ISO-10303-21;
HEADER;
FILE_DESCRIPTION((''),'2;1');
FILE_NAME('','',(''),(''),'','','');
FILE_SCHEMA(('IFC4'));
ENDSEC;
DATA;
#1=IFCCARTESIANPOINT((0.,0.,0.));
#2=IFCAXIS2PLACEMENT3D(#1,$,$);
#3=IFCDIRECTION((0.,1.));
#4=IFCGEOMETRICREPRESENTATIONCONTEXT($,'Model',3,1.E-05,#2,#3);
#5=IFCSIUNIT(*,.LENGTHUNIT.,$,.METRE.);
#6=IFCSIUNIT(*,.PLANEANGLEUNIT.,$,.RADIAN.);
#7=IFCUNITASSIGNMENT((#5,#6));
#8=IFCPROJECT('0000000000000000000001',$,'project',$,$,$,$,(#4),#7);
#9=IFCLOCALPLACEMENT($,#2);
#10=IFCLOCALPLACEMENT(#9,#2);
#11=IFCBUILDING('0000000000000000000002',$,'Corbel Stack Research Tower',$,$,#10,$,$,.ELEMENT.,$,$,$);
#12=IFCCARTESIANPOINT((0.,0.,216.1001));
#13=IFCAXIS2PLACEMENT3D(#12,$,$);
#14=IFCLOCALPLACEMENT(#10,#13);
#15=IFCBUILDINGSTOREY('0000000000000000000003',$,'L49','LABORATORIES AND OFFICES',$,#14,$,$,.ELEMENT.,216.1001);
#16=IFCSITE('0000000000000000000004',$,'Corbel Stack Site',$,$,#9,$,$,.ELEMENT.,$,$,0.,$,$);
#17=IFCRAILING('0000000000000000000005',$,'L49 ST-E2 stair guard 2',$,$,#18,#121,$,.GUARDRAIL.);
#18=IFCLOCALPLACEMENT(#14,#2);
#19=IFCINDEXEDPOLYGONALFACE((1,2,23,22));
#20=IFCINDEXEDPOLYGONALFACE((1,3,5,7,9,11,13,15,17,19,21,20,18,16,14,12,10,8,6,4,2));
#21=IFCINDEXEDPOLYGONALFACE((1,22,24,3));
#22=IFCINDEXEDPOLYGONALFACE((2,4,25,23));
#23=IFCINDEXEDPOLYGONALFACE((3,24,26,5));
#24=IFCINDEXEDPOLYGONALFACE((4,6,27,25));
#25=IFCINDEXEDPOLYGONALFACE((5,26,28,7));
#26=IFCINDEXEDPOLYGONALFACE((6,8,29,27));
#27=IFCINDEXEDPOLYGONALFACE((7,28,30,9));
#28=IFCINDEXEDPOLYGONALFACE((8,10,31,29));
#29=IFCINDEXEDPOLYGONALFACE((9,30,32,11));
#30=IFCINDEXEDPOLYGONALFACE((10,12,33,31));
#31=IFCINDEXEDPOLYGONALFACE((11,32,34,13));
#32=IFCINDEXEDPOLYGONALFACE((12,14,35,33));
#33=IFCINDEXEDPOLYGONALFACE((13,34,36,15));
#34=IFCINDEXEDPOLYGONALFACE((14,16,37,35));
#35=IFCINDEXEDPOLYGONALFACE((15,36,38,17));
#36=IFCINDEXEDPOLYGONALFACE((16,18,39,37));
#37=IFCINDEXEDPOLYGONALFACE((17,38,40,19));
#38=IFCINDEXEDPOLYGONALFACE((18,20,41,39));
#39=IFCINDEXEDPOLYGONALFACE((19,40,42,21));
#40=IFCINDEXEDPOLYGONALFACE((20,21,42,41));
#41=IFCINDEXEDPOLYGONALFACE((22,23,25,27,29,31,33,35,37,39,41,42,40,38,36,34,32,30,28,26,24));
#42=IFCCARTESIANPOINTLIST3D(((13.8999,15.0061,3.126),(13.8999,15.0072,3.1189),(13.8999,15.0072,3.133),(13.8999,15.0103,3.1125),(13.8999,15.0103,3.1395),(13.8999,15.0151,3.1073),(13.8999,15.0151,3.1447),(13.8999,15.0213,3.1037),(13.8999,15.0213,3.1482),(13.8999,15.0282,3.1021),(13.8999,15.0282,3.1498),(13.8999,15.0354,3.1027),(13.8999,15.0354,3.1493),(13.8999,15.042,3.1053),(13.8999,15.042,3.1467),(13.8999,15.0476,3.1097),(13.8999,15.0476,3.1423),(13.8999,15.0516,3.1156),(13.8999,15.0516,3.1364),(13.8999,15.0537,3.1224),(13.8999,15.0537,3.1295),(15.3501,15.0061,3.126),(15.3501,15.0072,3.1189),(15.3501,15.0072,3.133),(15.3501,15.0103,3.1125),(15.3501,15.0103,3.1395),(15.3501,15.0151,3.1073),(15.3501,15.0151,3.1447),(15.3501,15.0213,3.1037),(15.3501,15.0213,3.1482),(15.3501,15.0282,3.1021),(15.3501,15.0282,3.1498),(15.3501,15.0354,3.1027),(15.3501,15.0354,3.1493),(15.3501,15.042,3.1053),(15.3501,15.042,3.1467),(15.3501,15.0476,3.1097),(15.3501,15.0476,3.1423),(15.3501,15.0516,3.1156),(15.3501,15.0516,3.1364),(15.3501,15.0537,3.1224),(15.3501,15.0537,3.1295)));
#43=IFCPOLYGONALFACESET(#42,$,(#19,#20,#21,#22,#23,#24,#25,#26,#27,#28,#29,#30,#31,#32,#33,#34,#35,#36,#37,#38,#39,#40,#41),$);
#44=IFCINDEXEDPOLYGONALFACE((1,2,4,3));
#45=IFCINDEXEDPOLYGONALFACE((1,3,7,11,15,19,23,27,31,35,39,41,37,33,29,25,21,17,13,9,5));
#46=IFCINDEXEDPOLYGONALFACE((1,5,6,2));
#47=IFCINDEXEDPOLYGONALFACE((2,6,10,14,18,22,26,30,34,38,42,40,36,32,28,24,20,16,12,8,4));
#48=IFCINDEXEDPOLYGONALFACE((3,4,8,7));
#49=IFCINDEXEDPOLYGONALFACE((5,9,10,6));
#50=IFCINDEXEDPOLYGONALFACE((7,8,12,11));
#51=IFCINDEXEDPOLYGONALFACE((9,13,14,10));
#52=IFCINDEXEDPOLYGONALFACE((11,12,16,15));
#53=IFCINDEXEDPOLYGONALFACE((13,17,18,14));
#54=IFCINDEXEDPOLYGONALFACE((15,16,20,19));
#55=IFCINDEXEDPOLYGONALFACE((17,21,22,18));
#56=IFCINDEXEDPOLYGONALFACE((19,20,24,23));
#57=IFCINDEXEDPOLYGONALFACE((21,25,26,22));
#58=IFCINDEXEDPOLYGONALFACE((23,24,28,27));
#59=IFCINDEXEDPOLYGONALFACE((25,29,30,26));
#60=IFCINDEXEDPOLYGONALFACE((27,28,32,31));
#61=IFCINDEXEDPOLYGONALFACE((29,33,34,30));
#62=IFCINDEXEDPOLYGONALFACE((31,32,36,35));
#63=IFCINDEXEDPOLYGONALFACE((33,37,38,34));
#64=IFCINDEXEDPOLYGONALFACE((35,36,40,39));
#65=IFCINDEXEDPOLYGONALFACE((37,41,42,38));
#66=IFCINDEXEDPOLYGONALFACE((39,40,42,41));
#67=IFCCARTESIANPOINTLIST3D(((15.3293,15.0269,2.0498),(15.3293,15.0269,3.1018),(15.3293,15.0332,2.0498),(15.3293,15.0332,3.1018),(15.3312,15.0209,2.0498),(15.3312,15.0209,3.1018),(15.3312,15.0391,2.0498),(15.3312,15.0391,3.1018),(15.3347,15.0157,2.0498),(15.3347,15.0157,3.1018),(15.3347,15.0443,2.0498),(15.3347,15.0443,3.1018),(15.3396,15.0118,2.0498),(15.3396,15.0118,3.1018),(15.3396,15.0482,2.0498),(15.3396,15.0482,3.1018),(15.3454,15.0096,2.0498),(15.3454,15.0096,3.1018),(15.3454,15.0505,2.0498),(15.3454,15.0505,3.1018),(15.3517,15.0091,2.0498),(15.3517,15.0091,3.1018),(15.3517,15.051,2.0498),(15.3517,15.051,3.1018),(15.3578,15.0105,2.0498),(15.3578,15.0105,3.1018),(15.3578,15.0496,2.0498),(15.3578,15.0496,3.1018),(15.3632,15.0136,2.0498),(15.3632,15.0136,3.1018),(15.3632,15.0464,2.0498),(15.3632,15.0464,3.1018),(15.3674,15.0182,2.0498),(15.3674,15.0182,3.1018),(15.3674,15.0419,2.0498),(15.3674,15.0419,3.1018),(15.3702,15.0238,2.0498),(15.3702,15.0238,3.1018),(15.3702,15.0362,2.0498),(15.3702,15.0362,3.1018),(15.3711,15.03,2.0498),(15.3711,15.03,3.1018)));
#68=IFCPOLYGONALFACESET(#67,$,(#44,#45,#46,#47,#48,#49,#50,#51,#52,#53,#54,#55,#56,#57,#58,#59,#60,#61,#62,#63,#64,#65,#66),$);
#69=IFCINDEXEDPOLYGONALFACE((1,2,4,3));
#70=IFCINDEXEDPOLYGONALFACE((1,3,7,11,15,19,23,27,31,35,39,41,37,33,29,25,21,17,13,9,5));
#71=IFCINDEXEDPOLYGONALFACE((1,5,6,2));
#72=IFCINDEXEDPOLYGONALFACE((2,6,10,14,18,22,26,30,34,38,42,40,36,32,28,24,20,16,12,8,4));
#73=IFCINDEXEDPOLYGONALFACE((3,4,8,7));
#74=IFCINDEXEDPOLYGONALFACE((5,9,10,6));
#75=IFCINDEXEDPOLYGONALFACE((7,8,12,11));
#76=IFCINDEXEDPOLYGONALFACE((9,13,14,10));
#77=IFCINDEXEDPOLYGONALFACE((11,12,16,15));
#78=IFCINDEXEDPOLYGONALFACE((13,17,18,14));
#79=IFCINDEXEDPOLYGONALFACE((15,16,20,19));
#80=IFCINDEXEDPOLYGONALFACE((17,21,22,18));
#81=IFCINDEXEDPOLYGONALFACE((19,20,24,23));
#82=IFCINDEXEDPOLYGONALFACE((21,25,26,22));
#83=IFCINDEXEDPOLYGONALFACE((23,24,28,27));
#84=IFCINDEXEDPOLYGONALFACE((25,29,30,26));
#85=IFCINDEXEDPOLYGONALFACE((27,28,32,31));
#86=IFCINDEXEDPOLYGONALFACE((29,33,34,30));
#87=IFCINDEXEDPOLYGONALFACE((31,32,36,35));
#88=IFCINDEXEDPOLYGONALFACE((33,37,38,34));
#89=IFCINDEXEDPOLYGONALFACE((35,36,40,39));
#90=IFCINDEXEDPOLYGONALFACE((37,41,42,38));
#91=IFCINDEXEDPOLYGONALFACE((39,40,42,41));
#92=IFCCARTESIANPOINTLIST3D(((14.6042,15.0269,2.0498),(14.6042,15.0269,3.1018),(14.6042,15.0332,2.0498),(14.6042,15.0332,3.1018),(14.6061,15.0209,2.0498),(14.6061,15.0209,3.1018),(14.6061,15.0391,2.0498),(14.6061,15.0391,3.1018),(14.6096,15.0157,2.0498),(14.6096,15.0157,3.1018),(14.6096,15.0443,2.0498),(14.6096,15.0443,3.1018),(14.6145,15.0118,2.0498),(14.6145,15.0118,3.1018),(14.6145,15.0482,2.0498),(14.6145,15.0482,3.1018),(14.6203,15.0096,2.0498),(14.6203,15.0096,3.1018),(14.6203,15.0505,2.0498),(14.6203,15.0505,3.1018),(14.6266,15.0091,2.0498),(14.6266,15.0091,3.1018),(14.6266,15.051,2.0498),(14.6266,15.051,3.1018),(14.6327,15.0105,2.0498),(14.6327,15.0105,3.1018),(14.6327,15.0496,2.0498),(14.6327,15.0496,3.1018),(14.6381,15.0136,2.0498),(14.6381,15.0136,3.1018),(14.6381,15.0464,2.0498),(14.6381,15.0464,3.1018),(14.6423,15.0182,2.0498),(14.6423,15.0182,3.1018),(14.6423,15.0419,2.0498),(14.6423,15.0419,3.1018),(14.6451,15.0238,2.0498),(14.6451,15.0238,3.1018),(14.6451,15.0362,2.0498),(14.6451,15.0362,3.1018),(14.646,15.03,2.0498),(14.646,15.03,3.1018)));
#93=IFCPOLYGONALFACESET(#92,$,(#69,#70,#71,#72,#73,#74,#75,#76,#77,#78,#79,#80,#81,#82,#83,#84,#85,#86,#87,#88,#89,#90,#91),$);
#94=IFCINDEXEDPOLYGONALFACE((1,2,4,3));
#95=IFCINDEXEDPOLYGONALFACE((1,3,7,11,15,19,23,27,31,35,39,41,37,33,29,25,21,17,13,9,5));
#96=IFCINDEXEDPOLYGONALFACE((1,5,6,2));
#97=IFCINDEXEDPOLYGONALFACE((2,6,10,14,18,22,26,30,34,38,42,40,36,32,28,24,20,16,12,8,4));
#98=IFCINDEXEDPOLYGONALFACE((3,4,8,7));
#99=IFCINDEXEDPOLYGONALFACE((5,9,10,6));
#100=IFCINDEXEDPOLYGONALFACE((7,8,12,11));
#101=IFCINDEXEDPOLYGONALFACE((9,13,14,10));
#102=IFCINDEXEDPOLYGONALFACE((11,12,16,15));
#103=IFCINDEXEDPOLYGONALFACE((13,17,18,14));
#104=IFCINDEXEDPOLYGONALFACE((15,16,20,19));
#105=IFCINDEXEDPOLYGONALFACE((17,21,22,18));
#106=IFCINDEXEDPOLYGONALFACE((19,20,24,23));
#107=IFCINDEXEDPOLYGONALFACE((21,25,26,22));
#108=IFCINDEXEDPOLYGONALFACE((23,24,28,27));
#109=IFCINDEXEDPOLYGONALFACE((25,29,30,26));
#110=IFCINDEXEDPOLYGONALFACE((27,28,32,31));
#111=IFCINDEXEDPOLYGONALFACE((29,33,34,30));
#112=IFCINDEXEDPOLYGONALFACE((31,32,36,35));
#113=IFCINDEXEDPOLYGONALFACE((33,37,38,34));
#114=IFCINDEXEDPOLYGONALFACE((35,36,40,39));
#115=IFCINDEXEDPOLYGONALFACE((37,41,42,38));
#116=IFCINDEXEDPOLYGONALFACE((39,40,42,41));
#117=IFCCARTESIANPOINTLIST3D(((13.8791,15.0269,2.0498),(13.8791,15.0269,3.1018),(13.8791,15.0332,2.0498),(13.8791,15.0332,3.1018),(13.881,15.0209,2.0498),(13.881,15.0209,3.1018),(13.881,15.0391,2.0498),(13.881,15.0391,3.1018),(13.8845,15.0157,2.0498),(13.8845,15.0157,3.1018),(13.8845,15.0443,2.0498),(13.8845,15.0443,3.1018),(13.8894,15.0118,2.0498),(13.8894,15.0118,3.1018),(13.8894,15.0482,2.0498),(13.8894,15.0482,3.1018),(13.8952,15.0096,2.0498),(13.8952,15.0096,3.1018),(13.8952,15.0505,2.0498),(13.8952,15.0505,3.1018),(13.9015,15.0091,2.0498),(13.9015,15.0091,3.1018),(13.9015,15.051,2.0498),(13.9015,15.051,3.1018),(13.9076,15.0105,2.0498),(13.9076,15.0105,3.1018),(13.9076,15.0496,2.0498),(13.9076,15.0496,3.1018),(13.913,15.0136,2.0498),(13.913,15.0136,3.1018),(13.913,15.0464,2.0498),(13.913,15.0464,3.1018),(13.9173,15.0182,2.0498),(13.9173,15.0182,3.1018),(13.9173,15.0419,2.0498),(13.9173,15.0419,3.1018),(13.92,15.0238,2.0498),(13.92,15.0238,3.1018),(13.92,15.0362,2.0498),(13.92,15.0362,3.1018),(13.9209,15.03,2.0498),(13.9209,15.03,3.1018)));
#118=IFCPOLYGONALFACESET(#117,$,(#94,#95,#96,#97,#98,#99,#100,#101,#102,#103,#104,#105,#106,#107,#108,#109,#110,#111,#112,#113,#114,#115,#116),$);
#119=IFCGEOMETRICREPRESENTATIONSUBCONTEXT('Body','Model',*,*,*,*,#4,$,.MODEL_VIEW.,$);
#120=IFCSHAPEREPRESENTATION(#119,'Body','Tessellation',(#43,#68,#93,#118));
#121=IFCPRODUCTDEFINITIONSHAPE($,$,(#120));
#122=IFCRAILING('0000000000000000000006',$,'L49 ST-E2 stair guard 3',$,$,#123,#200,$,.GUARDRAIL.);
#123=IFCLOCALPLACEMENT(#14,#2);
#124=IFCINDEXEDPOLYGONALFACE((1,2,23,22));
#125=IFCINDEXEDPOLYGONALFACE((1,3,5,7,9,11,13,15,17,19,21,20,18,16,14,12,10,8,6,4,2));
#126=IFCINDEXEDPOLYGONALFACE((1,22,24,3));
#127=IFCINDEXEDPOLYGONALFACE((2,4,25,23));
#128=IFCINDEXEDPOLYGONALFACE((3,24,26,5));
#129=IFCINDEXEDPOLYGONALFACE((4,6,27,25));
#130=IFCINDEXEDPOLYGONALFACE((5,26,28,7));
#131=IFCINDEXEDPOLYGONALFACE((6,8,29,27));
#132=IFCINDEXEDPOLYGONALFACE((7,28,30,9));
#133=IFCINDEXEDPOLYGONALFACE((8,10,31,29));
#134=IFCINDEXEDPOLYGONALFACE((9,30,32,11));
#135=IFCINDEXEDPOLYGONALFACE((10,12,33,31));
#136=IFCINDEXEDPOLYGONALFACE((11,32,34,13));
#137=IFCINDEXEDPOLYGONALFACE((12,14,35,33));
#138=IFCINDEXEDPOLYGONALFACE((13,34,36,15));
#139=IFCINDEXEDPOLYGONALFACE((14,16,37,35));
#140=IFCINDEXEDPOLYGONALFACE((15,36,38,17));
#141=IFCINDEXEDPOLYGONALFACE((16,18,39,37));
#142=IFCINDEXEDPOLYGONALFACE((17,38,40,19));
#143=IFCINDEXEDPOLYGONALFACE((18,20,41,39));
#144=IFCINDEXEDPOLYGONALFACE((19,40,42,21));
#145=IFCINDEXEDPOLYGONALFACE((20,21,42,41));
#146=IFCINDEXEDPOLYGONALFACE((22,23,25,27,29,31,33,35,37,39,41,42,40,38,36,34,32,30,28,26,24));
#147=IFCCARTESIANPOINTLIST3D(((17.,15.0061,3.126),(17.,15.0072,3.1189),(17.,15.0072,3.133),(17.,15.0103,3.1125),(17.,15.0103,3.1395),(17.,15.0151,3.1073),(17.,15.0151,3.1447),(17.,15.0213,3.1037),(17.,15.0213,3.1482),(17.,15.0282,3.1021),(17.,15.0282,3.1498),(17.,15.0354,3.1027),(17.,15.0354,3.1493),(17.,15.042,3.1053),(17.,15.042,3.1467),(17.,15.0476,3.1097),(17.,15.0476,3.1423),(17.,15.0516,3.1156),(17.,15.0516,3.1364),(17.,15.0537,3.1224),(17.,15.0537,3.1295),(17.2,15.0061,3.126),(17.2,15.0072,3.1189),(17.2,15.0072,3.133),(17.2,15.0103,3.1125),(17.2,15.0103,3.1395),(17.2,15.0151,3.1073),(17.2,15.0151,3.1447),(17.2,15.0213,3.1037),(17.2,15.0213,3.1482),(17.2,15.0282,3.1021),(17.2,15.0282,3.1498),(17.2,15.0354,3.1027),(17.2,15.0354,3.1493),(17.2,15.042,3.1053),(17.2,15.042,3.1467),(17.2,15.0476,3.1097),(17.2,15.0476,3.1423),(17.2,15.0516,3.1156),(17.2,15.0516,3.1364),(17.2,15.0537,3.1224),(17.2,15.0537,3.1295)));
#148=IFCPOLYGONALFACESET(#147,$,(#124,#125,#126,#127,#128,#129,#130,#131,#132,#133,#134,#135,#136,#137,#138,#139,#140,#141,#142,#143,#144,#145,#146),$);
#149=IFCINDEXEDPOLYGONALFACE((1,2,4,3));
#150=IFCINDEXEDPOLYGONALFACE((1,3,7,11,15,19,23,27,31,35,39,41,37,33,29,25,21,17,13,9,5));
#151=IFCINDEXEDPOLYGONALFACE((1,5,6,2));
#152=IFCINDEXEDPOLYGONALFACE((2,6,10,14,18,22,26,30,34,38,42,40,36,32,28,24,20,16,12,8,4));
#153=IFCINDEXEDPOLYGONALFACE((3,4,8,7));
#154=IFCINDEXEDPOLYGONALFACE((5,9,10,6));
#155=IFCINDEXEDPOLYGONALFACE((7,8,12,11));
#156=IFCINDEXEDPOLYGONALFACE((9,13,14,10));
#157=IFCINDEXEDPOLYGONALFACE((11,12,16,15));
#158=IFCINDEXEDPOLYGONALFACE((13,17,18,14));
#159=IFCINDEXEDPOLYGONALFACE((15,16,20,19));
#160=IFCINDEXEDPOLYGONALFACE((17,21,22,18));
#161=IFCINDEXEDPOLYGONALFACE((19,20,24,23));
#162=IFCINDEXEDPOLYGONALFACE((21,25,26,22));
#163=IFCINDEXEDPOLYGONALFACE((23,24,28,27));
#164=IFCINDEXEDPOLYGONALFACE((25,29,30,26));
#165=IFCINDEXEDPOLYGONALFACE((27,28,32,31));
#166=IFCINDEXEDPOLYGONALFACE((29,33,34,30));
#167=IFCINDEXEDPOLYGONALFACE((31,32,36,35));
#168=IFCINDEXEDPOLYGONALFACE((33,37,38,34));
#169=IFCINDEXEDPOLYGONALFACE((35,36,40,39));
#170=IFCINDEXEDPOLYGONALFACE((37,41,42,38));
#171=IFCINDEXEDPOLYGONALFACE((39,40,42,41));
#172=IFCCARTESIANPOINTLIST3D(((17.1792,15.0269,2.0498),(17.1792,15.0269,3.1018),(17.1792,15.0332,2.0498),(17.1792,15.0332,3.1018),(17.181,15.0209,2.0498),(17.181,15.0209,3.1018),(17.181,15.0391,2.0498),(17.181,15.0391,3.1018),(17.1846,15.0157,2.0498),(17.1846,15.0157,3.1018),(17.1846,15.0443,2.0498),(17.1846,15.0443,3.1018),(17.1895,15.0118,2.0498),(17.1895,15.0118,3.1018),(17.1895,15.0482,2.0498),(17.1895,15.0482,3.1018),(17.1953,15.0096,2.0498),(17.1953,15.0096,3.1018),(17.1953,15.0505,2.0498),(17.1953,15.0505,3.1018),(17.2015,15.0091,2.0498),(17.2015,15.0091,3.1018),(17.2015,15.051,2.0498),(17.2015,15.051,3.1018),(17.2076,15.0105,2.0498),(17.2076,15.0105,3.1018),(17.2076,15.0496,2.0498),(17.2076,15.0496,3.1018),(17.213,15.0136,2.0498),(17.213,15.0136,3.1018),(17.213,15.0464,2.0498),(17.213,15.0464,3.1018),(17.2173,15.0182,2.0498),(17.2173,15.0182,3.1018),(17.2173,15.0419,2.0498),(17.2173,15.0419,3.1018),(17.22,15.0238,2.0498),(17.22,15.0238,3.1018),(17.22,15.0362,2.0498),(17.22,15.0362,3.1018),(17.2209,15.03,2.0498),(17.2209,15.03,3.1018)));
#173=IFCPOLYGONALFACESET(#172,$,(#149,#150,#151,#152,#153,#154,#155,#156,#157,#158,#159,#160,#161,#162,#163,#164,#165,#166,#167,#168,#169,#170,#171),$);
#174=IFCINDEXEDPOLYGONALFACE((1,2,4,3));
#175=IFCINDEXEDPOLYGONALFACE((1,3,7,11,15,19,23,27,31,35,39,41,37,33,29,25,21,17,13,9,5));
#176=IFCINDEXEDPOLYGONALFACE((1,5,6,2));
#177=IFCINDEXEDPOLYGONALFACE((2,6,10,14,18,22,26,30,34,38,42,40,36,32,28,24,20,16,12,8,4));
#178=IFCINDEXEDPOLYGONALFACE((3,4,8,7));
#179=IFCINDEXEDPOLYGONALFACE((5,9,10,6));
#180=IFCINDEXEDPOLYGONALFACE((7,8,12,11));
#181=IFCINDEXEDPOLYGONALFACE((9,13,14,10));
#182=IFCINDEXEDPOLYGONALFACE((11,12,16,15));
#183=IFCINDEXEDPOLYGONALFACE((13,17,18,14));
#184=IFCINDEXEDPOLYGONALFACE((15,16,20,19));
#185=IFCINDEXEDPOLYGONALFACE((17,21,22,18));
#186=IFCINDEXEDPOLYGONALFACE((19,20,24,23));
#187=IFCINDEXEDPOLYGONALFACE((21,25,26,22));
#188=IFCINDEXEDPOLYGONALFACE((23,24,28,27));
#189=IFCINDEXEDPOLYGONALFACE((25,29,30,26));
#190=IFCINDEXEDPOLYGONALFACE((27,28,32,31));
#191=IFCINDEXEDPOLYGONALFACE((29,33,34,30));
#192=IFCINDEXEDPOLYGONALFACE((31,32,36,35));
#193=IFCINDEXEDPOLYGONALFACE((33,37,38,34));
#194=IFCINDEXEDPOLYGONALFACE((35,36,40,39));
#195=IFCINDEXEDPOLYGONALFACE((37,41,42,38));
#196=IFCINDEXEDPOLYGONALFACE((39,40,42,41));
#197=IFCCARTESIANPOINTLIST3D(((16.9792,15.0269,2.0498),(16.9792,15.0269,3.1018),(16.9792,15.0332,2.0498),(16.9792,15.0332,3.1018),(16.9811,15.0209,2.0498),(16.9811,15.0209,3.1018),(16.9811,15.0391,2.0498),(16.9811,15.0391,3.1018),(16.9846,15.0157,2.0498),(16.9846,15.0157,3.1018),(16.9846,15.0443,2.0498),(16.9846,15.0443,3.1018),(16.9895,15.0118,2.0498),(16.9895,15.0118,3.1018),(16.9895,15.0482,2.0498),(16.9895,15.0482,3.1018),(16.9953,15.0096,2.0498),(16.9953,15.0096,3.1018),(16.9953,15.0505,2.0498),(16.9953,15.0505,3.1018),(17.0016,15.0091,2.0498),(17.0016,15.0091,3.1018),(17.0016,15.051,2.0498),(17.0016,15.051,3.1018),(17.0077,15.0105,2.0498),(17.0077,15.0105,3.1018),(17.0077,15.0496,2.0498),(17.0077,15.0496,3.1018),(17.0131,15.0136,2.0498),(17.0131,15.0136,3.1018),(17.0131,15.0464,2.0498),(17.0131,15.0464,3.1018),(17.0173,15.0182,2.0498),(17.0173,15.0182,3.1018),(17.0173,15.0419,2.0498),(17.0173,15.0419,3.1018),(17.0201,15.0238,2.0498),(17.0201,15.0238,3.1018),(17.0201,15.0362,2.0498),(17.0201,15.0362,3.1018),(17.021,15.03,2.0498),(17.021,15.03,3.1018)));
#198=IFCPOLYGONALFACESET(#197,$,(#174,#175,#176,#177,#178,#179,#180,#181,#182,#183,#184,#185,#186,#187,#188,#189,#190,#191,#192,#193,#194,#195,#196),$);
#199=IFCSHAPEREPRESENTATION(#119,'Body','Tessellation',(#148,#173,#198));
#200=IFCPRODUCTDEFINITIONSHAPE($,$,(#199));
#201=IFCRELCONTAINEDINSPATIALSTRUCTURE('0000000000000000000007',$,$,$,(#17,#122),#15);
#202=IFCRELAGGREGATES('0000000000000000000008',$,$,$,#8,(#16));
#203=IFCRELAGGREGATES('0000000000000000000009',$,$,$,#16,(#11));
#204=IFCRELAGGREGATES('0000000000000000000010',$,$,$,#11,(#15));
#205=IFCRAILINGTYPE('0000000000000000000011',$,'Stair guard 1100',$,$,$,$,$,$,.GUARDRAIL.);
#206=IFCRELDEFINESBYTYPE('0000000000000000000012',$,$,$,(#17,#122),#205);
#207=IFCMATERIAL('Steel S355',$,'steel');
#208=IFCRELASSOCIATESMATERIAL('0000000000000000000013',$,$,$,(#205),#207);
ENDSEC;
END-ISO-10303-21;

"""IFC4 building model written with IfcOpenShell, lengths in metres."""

from ifc_helpers import new_model, si_unit, direction, frame, origin, origin_2d, place, context, subcontext, project, spatial, circle, extrude, material, type_object, element, save


model = new_model("IFC4")

# Units and contexts
model_context = context("Model", 3, precision=1e-05, world=origin(), true_north=direction((0.0, 1.0)))
body_context = subcontext(model_context, "Body", "Model", "MODEL_VIEW")
ifc_project = project(units=[si_unit("LENGTHUNIT", "METRE"), si_unit("PLANEANGLEUNIT", "RADIAN")], contexts=[model_context])

# Site, building, storey
site_placement = place(None, origin())
site = spatial("IfcSite", under=ifc_project, at=site_placement, Name="Corbel Stack Site", CompositionType="ELEMENT", RefElevation=0.0)
building_placement = place(site_placement, origin())
building = spatial("IfcBuilding", under=site, at=building_placement, Name="Corbel Stack Research Tower", CompositionType="ELEMENT")
storey_placement = place(building_placement, frame((0.0, 0.0, 216.1001)))
storey = spatial("IfcBuildingStorey", under=building, at=storey_placement, Name="L49", Description="LABORATORIES AND OFFICES", CompositionType="ELEMENT", Elevation=216.1001)

# Railings
ifc_material_1 = material(Name="Steel S355", Category="steel")
railing_type_1 = type_object("IfcRailingType", Name="Stair guard 1100", PredefinedType="GUARDRAIL", material=ifc_material_1)
railing_1_placement = place(storey_placement, frame((15.3501, 15.03, 2.0498)))
element("IfcRailing", 1, at=railing_1_placement, inside=storey, type_object=railing_type_1, Name="L49 ST-E2 stair guard 2", PredefinedType="GUARDRAIL", context=body_context, shape_type="SweptSolid", body=[
    extrude(circle(Radius=0.0239, at=origin_2d()), frame((0.0, 0.0, 1.0762), z_axis=(-1.0, 0.0, 0.0), x_axis=(0.0, -1.0, 0.0)), (0.0, 0.0, 1.0), 1.4502),
    extrude(circle(Radius=0.021, at=origin_2d()), origin(), (0.0, 0.0, 1.0), 1.052),
    extrude(circle(Radius=0.021, at=origin_2d()), frame((-0.7251, 0.0, 0.0)), (0.0, 0.0, 1.0), 1.052),
    extrude(circle(Radius=0.021, at=origin_2d()), frame((-1.4502, 0.0, 0.0)), (0.0, 0.0, 1.0), 1.052),
])
railing_2_placement = place(storey_placement, frame((17.2, 15.03, 2.0498)))
element("IfcRailing", 2, at=railing_2_placement, inside=storey, type_object=railing_type_1, Name="L49 ST-E2 stair guard 3", PredefinedType="GUARDRAIL", context=body_context, shape_type="SweptSolid", body=[
    extrude(circle(Radius=0.0239, at=origin_2d()), frame((0.0, 0.0, 1.0762), z_axis=(-1.0, 0.0, 0.0), x_axis=(0.0, -1.0, 0.0)), (0.0, 0.0, 1.0), 0.2),
    extrude(circle(Radius=0.021, at=origin_2d()), origin(), (0.0, 0.0, 1.0), 1.052),
    extrude(circle(Radius=0.021, at=origin_2d()), frame((-0.2, 0.0, 0.0)), (0.0, 0.0, 1.0), 1.052),
])

save(model, "model.ifc")
